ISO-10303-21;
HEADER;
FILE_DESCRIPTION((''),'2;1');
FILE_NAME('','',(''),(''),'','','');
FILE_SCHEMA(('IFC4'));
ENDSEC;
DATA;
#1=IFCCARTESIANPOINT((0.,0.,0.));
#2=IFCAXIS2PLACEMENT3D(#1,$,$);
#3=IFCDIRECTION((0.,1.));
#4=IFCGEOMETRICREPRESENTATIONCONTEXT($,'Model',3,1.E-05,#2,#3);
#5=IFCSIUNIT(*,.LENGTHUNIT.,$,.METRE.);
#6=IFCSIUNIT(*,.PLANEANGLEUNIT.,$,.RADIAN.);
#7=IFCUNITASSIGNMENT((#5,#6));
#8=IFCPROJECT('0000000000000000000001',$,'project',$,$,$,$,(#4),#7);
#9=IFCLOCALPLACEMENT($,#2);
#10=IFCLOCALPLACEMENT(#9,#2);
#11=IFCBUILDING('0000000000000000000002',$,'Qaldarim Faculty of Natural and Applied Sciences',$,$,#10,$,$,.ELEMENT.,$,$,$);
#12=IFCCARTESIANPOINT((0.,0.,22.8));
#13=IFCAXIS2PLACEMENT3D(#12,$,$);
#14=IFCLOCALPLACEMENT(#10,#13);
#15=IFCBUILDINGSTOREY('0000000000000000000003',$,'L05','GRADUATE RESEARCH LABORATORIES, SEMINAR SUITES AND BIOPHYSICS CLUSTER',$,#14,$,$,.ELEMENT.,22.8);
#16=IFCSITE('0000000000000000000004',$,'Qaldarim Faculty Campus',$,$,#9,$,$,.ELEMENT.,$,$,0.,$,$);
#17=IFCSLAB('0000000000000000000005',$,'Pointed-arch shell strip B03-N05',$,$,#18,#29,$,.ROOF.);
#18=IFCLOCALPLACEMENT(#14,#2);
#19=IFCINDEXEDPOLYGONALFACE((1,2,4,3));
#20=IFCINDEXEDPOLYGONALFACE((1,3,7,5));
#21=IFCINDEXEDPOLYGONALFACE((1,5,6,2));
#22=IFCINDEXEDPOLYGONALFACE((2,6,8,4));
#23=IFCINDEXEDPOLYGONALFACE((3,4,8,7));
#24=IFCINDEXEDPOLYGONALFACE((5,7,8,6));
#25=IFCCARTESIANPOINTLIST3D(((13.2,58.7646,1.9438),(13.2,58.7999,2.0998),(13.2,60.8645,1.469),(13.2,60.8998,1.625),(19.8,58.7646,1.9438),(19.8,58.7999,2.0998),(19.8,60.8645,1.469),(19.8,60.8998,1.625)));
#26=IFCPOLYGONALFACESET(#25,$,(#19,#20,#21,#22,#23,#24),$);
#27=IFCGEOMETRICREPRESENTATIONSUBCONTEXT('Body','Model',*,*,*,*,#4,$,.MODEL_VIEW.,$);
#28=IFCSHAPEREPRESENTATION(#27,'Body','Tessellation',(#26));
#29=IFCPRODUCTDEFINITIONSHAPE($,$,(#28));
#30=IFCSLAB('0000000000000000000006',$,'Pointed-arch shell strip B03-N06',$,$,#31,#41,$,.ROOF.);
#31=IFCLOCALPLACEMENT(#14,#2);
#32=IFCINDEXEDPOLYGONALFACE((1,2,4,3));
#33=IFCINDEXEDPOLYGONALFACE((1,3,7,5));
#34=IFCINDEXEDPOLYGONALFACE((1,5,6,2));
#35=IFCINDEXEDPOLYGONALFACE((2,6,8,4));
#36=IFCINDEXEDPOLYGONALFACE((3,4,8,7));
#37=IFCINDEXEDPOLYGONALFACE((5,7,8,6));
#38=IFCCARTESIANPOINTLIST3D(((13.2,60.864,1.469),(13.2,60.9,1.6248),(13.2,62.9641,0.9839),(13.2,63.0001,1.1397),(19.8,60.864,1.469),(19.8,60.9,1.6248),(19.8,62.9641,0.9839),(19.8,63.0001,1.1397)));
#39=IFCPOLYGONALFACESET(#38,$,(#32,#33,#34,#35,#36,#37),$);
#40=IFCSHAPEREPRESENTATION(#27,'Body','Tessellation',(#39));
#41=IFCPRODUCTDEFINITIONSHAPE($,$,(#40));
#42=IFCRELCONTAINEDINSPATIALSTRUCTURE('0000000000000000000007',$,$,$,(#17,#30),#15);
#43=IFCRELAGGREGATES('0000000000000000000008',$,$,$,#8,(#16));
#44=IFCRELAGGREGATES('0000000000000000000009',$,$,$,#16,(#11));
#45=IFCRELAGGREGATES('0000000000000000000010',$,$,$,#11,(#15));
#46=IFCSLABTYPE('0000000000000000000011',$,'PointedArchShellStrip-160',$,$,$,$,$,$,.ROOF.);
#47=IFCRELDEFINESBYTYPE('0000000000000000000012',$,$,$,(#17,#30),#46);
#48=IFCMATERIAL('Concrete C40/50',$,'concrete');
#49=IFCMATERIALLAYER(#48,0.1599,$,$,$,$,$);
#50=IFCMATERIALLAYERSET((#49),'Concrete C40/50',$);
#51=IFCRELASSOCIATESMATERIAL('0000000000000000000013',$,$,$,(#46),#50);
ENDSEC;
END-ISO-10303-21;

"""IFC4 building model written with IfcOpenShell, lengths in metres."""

from ifc_helpers import new_model, si_unit, direction, frame, origin, place, context, subcontext, project, spatial, polyline, outline, extrude, material, layer, layer_set, type_object, element, save


model = new_model("IFC4")

# Units and contexts
model_context = context("Model", 3, precision=1e-05, world=origin(), true_north=direction((0.0, 1.0)))
body_context = subcontext(model_context, "Body", "Model", "MODEL_VIEW")
ifc_project = project(units=[si_unit("LENGTHUNIT", "METRE"), si_unit("PLANEANGLEUNIT", "RADIAN")], contexts=[model_context])

# Site, building, storey
site_placement = place(None, origin())
site = spatial("IfcSite", under=ifc_project, at=site_placement, Name="Qaldarim Faculty Campus", CompositionType="ELEMENT", RefElevation=0.0)
building_placement = place(site_placement, origin())
building = spatial("IfcBuilding", under=site, at=building_placement, Name="Qaldarim Faculty of Natural and Applied Sciences", CompositionType="ELEMENT")
storey_placement = place(building_placement, frame((0.0, 0.0, 22.8)))
storey = spatial("IfcBuildingStorey", under=building, at=storey_placement, Name="L05", Description="GRADUATE RESEARCH LABORATORIES, SEMINAR SUITES AND BIOPHYSICS CLUSTER", CompositionType="ELEMENT", Elevation=22.8)

# Slabs
ifc_material_1 = material(Name="Concrete C40/50", Category="concrete")
ifc_layer_1 = layer(ifc_material_1, 0.1599)
ifc_layer_set_1 = layer_set([ifc_layer_1], Name="Concrete C40/50")
slab_type = type_object("IfcSlabType", Name="PointedArchShellStrip-160", PredefinedType="ROOF", material=ifc_layer_set_1)
slab_1_placement = place(storey_placement, frame((13.2, 58.7646, 1.9438), z_axis=(0.0, 0.220567, 0.975372), x_axis=(1.0, 0.0, 0.0)))
element("IfcSlab", 1, at=slab_1_placement, inside=storey, type_object=slab_type, Name="Pointed-arch shell strip B03-N05", PredefinedType="ROOF", context=body_context, shape_type="SweptSolid", body=[
    extrude(outline(polyline([(0.0, 0.0), (6.6001, 0.0), (6.6001, 2.1529), (0.0, 2.1529), (0.0, 0.0)])), origin(), (0.0, 0.0, 1.0), 0.1599),
])
slab_2_placement = place(storey_placement, frame((13.2, 60.864, 1.469), z_axis=(0.0, 0.225066, 0.974343), x_axis=(1.0, 0.0, 0.0)))
element("IfcSlab", 2, at=slab_2_placement, inside=storey, type_object=slab_type, Name="Pointed-arch shell strip B03-N06", PredefinedType="ROOF", context=body_context, shape_type="SweptSolid", body=[
    extrude(outline(polyline([(0.0, 0.0), (6.6001, 0.0), (6.6001, 2.1554), (0.0, 2.1554), (0.0, 0.0)])), origin(), (0.0, 0.0, 1.0), 0.1599),
])

save(model, "model.ifc")
